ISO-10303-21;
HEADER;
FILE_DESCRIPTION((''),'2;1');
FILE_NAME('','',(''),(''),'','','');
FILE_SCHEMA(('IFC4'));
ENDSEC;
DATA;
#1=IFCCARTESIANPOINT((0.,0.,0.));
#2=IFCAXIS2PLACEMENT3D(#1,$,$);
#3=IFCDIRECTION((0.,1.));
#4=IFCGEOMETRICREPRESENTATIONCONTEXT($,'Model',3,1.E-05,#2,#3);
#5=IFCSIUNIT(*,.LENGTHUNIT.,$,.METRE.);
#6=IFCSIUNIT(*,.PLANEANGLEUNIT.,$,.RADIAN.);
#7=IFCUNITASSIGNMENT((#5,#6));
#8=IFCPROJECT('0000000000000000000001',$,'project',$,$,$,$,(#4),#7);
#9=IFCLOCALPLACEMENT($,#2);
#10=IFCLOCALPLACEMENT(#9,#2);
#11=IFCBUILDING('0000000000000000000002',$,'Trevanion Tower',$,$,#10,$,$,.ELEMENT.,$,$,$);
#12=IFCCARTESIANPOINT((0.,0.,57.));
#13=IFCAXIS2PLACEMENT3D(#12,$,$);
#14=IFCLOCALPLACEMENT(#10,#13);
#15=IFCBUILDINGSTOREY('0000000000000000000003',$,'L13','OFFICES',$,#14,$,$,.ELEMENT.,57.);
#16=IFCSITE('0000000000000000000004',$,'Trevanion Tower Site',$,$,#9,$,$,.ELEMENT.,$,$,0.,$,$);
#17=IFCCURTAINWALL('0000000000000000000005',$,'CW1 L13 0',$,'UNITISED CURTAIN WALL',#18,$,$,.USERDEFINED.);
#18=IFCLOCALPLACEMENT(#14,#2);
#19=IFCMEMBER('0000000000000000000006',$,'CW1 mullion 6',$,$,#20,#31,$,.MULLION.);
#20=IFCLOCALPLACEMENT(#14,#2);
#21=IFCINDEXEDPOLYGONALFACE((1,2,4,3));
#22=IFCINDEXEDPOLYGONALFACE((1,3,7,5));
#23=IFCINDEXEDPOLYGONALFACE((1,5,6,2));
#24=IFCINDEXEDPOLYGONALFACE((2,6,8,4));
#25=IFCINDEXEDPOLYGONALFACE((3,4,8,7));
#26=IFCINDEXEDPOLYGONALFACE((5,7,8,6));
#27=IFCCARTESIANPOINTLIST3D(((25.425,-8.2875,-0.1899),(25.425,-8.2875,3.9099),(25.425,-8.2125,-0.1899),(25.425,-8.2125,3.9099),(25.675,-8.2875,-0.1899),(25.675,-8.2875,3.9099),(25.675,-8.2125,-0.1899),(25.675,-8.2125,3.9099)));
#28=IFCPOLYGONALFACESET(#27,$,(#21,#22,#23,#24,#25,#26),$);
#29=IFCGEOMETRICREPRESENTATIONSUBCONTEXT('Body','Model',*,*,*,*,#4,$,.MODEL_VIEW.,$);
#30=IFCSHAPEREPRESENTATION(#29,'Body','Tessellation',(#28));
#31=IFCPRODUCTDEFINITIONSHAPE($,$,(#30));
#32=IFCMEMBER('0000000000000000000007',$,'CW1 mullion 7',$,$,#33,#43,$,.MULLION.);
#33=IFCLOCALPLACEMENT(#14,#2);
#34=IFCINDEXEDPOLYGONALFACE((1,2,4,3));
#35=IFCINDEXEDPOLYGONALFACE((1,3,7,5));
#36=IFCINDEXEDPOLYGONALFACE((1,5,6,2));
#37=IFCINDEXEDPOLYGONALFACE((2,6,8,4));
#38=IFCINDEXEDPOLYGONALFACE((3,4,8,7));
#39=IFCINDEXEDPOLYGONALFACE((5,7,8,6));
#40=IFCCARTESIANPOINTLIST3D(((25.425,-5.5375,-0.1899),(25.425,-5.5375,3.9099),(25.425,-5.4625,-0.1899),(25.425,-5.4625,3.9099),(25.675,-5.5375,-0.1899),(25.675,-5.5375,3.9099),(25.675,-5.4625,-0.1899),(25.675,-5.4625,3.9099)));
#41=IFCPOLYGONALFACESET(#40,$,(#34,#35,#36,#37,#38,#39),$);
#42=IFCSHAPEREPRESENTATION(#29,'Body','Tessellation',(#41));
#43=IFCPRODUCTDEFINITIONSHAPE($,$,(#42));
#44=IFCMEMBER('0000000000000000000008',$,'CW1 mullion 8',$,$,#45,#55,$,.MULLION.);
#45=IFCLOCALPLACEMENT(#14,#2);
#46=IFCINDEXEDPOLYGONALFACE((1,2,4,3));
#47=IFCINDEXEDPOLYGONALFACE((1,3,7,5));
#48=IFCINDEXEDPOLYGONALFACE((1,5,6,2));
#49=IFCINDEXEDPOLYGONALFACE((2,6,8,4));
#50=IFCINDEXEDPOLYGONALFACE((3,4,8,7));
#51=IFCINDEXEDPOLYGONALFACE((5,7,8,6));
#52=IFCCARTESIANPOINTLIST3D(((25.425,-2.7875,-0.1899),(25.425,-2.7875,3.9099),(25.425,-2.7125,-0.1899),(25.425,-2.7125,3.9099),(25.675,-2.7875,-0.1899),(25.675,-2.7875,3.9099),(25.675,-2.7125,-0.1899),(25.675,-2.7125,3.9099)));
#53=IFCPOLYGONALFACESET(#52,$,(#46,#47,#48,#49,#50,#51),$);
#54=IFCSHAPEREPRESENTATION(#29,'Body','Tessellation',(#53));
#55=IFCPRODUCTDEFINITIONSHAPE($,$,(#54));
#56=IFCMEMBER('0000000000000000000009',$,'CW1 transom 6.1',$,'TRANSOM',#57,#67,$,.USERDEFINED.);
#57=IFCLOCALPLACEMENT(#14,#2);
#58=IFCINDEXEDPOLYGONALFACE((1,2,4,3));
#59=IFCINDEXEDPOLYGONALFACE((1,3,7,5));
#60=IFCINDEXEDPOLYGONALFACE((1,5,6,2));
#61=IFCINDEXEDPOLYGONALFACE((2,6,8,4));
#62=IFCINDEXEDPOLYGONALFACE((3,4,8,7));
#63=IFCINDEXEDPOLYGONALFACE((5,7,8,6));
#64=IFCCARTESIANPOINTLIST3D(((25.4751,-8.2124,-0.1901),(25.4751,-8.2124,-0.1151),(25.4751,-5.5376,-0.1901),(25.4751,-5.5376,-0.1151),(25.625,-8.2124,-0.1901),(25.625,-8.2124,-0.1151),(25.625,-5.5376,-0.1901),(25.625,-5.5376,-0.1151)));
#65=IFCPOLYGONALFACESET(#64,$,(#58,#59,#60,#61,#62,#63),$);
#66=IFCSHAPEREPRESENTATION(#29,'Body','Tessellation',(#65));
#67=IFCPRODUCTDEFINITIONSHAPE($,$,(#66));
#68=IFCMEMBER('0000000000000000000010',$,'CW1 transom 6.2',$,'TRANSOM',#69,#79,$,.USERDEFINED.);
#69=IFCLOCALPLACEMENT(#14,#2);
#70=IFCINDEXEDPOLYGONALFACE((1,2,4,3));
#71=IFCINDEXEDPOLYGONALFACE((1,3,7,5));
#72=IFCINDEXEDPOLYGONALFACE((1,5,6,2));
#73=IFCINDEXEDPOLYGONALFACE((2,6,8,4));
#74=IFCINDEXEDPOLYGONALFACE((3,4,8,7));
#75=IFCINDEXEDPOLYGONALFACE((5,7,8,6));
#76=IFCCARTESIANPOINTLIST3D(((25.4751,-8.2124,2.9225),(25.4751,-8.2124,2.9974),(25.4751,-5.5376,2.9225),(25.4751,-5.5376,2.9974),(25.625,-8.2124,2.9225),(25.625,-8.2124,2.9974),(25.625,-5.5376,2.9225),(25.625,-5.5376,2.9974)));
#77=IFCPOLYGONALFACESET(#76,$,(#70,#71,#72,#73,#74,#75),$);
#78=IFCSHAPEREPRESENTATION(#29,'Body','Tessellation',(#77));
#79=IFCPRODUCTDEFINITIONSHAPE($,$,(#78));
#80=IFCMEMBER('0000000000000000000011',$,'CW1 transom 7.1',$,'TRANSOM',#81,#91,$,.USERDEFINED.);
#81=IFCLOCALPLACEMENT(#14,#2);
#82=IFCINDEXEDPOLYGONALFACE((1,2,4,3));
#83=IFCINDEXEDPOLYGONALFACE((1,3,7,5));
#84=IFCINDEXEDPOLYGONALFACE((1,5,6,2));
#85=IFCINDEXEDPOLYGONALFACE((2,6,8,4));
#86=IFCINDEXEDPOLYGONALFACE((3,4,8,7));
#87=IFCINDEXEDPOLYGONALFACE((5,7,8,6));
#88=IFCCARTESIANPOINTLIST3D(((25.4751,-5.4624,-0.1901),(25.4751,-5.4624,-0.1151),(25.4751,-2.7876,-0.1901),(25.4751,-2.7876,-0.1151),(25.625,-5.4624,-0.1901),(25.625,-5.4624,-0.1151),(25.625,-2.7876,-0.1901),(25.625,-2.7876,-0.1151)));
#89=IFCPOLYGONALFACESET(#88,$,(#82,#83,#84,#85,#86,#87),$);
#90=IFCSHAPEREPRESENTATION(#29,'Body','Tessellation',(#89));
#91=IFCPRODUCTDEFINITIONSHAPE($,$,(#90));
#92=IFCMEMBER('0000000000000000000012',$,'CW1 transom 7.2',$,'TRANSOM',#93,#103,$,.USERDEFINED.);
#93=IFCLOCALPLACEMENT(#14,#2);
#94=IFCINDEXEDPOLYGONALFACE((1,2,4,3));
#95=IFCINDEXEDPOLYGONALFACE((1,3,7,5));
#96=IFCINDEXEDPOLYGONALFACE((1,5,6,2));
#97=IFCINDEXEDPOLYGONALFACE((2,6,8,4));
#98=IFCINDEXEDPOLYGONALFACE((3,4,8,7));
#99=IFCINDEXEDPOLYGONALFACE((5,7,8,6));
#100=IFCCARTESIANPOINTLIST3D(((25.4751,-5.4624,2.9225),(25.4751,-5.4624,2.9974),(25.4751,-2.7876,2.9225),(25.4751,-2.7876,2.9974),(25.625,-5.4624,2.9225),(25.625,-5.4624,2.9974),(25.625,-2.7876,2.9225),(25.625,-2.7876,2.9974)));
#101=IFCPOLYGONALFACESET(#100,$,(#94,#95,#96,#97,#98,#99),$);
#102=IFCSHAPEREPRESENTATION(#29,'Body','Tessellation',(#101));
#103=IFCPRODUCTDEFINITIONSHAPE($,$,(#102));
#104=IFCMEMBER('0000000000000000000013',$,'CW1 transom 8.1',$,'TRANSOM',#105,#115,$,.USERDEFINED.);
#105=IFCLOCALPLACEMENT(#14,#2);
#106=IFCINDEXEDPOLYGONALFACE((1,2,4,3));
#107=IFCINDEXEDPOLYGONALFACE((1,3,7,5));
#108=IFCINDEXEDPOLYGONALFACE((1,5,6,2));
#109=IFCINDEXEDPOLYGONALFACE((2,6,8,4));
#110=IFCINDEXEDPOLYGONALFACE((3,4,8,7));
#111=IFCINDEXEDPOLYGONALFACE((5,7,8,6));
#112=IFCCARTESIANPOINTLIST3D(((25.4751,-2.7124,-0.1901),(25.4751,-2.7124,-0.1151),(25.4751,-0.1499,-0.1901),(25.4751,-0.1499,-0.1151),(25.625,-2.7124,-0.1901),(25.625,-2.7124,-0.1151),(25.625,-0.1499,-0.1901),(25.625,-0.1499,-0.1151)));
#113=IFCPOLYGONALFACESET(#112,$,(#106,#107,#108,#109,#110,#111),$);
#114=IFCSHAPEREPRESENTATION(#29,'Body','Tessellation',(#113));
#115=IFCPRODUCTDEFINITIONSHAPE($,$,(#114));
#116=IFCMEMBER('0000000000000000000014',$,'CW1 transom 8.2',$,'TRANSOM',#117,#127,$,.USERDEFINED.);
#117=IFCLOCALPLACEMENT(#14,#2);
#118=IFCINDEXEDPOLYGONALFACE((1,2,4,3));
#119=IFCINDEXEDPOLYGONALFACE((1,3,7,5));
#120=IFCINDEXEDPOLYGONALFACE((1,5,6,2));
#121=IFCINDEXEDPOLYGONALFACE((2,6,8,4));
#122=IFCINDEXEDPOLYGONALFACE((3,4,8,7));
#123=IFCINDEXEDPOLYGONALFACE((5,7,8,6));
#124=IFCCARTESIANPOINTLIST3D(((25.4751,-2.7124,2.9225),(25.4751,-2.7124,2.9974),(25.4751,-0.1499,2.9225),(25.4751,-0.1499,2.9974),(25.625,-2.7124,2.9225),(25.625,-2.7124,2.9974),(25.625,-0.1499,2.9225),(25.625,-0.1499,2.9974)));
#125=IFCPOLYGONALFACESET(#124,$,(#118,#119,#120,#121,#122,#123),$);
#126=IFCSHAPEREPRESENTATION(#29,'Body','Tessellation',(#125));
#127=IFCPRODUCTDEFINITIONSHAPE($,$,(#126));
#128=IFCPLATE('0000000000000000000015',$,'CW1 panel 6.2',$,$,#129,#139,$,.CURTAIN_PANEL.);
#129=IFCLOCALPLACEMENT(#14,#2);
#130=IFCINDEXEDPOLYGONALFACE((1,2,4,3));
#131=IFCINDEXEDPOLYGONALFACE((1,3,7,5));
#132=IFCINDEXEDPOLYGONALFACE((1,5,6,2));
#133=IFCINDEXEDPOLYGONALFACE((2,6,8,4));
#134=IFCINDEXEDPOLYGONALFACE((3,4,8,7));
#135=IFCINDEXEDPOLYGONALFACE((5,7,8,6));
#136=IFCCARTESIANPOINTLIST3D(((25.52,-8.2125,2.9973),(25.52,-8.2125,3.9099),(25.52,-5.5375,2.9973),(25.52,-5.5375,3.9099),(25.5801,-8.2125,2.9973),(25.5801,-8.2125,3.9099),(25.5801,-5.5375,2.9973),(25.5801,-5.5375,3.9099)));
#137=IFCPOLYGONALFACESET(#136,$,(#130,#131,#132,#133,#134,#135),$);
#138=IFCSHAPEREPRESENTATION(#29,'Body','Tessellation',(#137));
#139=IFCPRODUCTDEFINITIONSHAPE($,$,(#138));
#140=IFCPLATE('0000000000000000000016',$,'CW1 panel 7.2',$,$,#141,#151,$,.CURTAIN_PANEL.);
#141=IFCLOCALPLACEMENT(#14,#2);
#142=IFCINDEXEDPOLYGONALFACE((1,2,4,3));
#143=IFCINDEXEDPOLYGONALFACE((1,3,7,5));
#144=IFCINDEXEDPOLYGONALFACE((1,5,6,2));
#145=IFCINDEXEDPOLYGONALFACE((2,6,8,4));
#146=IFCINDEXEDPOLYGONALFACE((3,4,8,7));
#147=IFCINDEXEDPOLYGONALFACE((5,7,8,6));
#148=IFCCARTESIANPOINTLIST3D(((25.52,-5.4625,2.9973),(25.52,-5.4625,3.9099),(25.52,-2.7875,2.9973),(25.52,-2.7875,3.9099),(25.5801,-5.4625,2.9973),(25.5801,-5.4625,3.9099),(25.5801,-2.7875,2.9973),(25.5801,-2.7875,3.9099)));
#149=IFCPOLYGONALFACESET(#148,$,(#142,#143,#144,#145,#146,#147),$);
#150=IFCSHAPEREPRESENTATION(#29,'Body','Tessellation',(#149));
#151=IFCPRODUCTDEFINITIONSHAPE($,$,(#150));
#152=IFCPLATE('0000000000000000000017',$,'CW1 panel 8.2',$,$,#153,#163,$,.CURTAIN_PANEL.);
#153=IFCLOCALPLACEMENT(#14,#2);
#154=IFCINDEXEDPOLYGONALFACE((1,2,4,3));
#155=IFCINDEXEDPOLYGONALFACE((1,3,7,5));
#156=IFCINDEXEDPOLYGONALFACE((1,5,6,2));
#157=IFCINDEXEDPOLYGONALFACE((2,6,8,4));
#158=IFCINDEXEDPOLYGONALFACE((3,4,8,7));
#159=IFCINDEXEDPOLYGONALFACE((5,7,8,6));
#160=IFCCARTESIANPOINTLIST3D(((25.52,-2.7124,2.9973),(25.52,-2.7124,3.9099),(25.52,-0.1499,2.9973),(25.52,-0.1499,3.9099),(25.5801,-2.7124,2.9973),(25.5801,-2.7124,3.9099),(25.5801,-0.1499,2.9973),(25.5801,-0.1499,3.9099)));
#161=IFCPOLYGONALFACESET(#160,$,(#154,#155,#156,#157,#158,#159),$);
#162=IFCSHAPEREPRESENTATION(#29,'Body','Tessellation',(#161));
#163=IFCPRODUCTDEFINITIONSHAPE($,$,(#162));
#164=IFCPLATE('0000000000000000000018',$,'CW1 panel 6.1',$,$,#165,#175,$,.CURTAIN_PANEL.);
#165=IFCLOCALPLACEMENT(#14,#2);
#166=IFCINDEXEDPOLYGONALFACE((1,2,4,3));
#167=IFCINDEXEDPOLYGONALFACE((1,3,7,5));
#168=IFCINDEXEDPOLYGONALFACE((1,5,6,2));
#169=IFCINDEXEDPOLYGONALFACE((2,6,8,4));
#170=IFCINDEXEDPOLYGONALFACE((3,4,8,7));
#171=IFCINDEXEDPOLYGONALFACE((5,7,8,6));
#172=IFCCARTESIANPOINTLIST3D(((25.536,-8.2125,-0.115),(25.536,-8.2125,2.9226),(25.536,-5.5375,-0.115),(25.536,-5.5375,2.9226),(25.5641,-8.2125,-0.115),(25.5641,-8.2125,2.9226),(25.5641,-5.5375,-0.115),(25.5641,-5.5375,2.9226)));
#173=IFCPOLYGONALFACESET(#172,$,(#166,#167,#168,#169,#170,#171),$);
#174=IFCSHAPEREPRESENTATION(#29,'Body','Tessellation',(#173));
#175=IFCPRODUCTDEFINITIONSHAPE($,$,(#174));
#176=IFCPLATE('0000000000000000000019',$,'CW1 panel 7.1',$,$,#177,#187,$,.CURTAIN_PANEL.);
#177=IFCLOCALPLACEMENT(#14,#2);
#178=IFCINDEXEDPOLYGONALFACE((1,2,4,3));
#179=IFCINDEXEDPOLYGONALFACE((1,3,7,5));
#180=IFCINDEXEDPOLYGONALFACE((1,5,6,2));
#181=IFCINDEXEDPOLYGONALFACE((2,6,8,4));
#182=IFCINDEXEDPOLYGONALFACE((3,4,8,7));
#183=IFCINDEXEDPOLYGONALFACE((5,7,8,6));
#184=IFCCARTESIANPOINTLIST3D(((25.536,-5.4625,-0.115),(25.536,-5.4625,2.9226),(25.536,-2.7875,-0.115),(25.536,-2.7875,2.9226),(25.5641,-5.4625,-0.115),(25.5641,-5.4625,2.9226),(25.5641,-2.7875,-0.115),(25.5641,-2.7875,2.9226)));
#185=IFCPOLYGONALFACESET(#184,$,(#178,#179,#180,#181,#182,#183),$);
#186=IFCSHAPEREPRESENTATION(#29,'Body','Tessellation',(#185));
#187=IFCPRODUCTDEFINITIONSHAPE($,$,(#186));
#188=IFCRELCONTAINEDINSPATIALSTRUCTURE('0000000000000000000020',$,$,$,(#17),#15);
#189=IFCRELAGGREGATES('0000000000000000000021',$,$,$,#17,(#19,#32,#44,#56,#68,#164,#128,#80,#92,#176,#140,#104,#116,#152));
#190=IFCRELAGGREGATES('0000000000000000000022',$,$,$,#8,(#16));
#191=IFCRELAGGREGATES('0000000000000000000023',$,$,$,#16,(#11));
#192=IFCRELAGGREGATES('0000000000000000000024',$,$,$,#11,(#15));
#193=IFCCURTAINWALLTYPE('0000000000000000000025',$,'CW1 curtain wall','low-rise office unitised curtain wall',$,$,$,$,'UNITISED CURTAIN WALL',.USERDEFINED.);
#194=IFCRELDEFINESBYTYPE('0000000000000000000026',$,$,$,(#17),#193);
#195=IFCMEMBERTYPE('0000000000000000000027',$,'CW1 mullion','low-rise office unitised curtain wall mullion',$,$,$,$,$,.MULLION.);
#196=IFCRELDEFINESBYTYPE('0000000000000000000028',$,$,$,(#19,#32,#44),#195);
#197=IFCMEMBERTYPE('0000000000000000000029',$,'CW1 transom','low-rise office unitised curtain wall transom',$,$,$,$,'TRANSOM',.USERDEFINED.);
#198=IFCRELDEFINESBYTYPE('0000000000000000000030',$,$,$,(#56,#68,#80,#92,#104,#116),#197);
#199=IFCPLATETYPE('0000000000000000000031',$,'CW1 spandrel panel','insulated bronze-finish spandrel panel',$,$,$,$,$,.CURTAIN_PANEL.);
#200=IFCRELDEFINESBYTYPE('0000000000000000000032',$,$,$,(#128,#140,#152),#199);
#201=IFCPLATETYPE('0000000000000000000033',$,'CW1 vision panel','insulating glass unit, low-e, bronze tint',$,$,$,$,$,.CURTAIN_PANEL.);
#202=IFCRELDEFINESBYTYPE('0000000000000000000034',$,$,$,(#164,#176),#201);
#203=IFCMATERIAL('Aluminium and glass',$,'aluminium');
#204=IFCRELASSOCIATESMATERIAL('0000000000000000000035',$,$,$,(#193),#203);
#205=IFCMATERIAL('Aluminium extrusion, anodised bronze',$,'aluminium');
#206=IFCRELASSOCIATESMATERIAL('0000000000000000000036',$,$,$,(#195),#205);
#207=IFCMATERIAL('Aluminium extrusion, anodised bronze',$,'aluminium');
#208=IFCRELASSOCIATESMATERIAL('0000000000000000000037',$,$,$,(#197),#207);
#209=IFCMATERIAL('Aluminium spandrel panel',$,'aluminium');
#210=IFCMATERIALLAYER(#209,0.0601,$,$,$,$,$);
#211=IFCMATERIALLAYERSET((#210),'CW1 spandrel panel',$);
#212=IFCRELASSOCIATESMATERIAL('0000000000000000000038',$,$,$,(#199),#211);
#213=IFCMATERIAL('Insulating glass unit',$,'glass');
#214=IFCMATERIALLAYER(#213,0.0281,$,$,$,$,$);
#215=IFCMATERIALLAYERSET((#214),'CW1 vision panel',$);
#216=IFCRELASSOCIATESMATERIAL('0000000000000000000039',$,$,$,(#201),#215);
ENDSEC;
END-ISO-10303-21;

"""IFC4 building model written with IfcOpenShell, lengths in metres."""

from ifc_helpers import new_model, si_unit, direction, frame, origin, origin_2d, place, context, subcontext, project, spatial, rectangle, extrude, material, layer, layer_set, material_profile, profile_set, type_object, element, aggregate, save


model = new_model("IFC4")

# Units and contexts
model_context = context("Model", 3, precision=1e-05, world=origin(), true_north=direction((0.0, 1.0)))
body_context = subcontext(model_context, "Body", "Model", "MODEL_VIEW")
ifc_project = project(units=[si_unit("LENGTHUNIT", "METRE"), si_unit("PLANEANGLEUNIT", "RADIAN")], contexts=[model_context])

# Site, building, storey
site_placement = place(None, origin())
site = spatial("IfcSite", under=ifc_project, at=site_placement, Name="Trevanion Tower Site", CompositionType="ELEMENT", RefElevation=0.0)
building_placement = place(site_placement, origin())
building = spatial("IfcBuilding", under=site, at=building_placement, Name="Trevanion Tower", CompositionType="ELEMENT")
storey_placement = place(building_placement, frame((0.0, 0.0, 57.0)))
storey = spatial("IfcBuildingStorey", under=building, at=storey_placement, Name="L13", Description="OFFICES", CompositionType="ELEMENT", Elevation=57.0)

# Curtain wall, members, plates
ifc_material_1 = material(Name="Aluminium and glass", Category="aluminium")
curtain_wall_type = type_object("IfcCurtainWallType", Name="CW1 curtain wall", Description="low-rise office unitised curtain wall", ElementType="UNITISED CURTAIN WALL", PredefinedType="USERDEFINED", material=ifc_material_1)
curtain_wall_placement = place(storey_placement, origin())
curtain_wall = element("IfcCurtainWall", 1, at=curtain_wall_placement, inside=storey, type_object=curtain_wall_type, Name="CW1 L13 0", ObjectType="UNITISED CURTAIN WALL", PredefinedType="USERDEFINED")
ifc_material_2 = material(Name="Aluminium extrusion, anodised bronze", Category="aluminium")
ifc_material_profile_1 = material_profile(ifc_material_2, rectangle(XDim=0.075, YDim=0.25, at=origin_2d()), Name="CW1 mullion")
ifc_profile_set_1 = profile_set([ifc_material_profile_1], Name="Aluminium extrusion, anodised bronze")
member_type_1 = type_object("IfcMemberType", Name="CW1 mullion", Description="low-rise office unitised curtain wall mullion", PredefinedType="MULLION", material=ifc_profile_set_1)
member_1_placement = place(storey_placement, frame((25.55, -8.25, -0.1899), z_axis=(0.0, 0.0, 1.0), x_axis=(0.0, 1.0, 0.0)))
member_1 = element("IfcMember", 2, at=member_1_placement, type_object=member_type_1, Name="CW1 mullion 6", PredefinedType="MULLION", context=body_context, shape_type="SweptSolid", body=[
    extrude(rectangle(XDim=0.075, YDim=0.25, at=origin_2d()), origin(), (0.0, 0.0, 1.0), 4.0999),
])
member_2_placement = place(storey_placement, frame((25.55, -5.5, -0.1899), z_axis=(0.0, 0.0, 1.0), x_axis=(0.0, 1.0, 0.0)))
member_2 = element("IfcMember", 3, at=member_2_placement, type_object=member_type_1, Name="CW1 mullion 7", PredefinedType="MULLION", context=body_context, shape_type="SweptSolid", body=[
    extrude(rectangle(XDim=0.075, YDim=0.25, at=origin_2d()), origin(), (0.0, 0.0, 1.0), 4.0999),
])
member_3_placement = place(storey_placement, frame((25.55, -2.75, -0.1899), z_axis=(0.0, 0.0, 1.0), x_axis=(0.0, 1.0, 0.0)))
member_3 = element("IfcMember", 4, at=member_3_placement, type_object=member_type_1, Name="CW1 mullion 8", PredefinedType="MULLION", context=body_context, shape_type="SweptSolid", body=[
    extrude(rectangle(XDim=0.075, YDim=0.25, at=origin_2d()), origin(), (0.0, 0.0, 1.0), 4.0999),
])
ifc_material_3 = material(Name="Aluminium extrusion, anodised bronze", Category="aluminium")
ifc_material_profile_2 = material_profile(ifc_material_3, rectangle(XDim=0.1499, YDim=0.075, at=origin_2d()), Name="CW1 transom")
ifc_profile_set_2 = profile_set([ifc_material_profile_2], Name="Aluminium extrusion, anodised bronze")
member_type_2 = type_object("IfcMemberType", Name="CW1 transom", Description="low-rise office unitised curtain wall transom", ElementType="TRANSOM", PredefinedType="USERDEFINED", material=ifc_profile_set_2)
member_4_placement = place(storey_placement, frame((25.55, -8.2124, -0.1526), z_axis=(0.0, 1.0, 0.0), x_axis=(-1.0, 0.0, 0.0)))
member_4 = element("IfcMember", 5, at=member_4_placement, type_object=member_type_2, Name="CW1 transom 6.1", ObjectType="TRANSOM", PredefinedType="USERDEFINED", context=body_context, shape_type="SweptSolid", body=[
    extrude(rectangle(XDim=0.1499, YDim=0.075, at=origin_2d()), origin(), (0.0, 0.0, 1.0), 2.6748),
])
member_5_placement = place(storey_placement, frame((25.55, -8.2124, 2.96), z_axis=(0.0, 1.0, 0.0), x_axis=(-1.0, 0.0, 0.0)))
member_5 = element("IfcMember", 6, at=member_5_placement, type_object=member_type_2, Name="CW1 transom 6.2", ObjectType="TRANSOM", PredefinedType="USERDEFINED", context=body_context, shape_type="SweptSolid", body=[
    extrude(rectangle(XDim=0.1499, YDim=0.075, at=origin_2d()), origin(), (0.0, 0.0, 1.0), 2.6748),
])
member_6_placement = place(storey_placement, frame((25.55, -5.4624, -0.1526), z_axis=(0.0, 1.0, 0.0), x_axis=(-1.0, 0.0, 0.0)))
member_6 = element("IfcMember", 7, at=member_6_placement, type_object=member_type_2, Name="CW1 transom 7.1", ObjectType="TRANSOM", PredefinedType="USERDEFINED", context=body_context, shape_type="SweptSolid", body=[
    extrude(rectangle(XDim=0.1499, YDim=0.075, at=origin_2d()), origin(), (0.0, 0.0, 1.0), 2.6748),
])
member_7_placement = place(storey_placement, frame((25.55, -5.4624, 2.96), z_axis=(0.0, 1.0, 0.0), x_axis=(-1.0, 0.0, 0.0)))
member_7 = element("IfcMember", 8, at=member_7_placement, type_object=member_type_2, Name="CW1 transom 7.2", ObjectType="TRANSOM", PredefinedType="USERDEFINED", context=body_context, shape_type="SweptSolid", body=[
    extrude(rectangle(XDim=0.1499, YDim=0.075, at=origin_2d()), origin(), (0.0, 0.0, 1.0), 2.6748),
])
member_8_placement = place(storey_placement, frame((25.55, -2.7124, -0.1526), z_axis=(0.0, 1.0, 0.0), x_axis=(-1.0, 0.0, 0.0)))
member_8 = element("IfcMember", 9, at=member_8_placement, type_object=member_type_2, Name="CW1 transom 8.1", ObjectType="TRANSOM", PredefinedType="USERDEFINED", context=body_context, shape_type="SweptSolid", body=[
    extrude(rectangle(XDim=0.1499, YDim=0.075, at=origin_2d()), origin(), (0.0, 0.0, 1.0), 2.5625),
])
member_9_placement = place(storey_placement, frame((25.55, -2.7124, 2.96), z_axis=(0.0, 1.0, 0.0), x_axis=(-1.0, 0.0, 0.0)))
member_9 = element("IfcMember", 10, at=member_9_placement, type_object=member_type_2, Name="CW1 transom 8.2", ObjectType="TRANSOM", PredefinedType="USERDEFINED", context=body_context, shape_type="SweptSolid", body=[
    extrude(rectangle(XDim=0.1499, YDim=0.075, at=origin_2d()), origin(), (0.0, 0.0, 1.0), 2.5625),
])
ifc_material_4 = material(Name="Aluminium spandrel panel", Category="aluminium")
ifc_layer_1 = layer(ifc_material_4, 0.0601)
ifc_layer_set_1 = layer_set([ifc_layer_1], Name="CW1 spandrel panel")
plate_type_1 = type_object("IfcPlateType", Name="CW1 spandrel panel", Description="insulated bronze-finish spandrel panel", PredefinedType="CURTAIN_PANEL", material=ifc_layer_set_1)
plate_1_placement = place(storey_placement, frame((25.55, -6.875, 2.9973), z_axis=(0.0, 0.0, 1.0), x_axis=(0.0, 1.0, 0.0)))
plate_1 = element("IfcPlate", 11, at=plate_1_placement, type_object=plate_type_1, Name="CW1 panel 6.2", PredefinedType="CURTAIN_PANEL", context=body_context, shape_type="SweptSolid", body=[
    extrude(rectangle(XDim=2.675, YDim=0.0601, at=origin_2d()), origin(), (0.0, 0.0, 1.0), 0.9126),
])
plate_2_placement = place(storey_placement, frame((25.55, -4.125, 2.9973), z_axis=(0.0, 0.0, 1.0), x_axis=(0.0, 1.0, 0.0)))
plate_2 = element("IfcPlate", 12, at=plate_2_placement, type_object=plate_type_1, Name="CW1 panel 7.2", PredefinedType="CURTAIN_PANEL", context=body_context, shape_type="SweptSolid", body=[
    extrude(rectangle(XDim=2.675, YDim=0.0601, at=origin_2d()), origin(), (0.0, 0.0, 1.0), 0.9126),
])
plate_3_placement = place(storey_placement, frame((25.55, -1.4312, 2.9973), z_axis=(0.0, 0.0, 1.0), x_axis=(0.0, 1.0, 0.0)))
plate_3 = element("IfcPlate", 13, at=plate_3_placement, type_object=plate_type_1, Name="CW1 panel 8.2", PredefinedType="CURTAIN_PANEL", context=body_context, shape_type="SweptSolid", body=[
    extrude(rectangle(XDim=2.5625, YDim=0.0601, at=origin_2d()), origin(), (0.0, 0.0, 1.0), 0.9126),
])
ifc_material_5 = material(Name="Insulating glass unit", Category="glass")
ifc_layer_2 = layer(ifc_material_5, 0.0281)
ifc_layer_set_2 = layer_set([ifc_layer_2], Name="CW1 vision panel")
plate_type_2 = type_object("IfcPlateType", Name="CW1 vision panel", Description="insulating glass unit, low-e, bronze tint", PredefinedType="CURTAIN_PANEL", material=ifc_layer_set_2)
plate_4_placement = place(storey_placement, frame((25.55, -6.875, -0.115), z_axis=(0.0, 0.0, 1.0), x_axis=(0.0, 1.0, 0.0)))
plate_4 = element("IfcPlate", 14, at=plate_4_placement, type_object=plate_type_2, Name="CW1 panel 6.1", PredefinedType="CURTAIN_PANEL", context=body_context, shape_type="SweptSolid", body=[
    extrude(rectangle(XDim=2.675, YDim=0.0281, at=origin_2d()), origin(), (0.0, 0.0, 1.0), 3.0376),
])
plate_5_placement = place(storey_placement, frame((25.55, -4.125, -0.115), z_axis=(0.0, 0.0, 1.0), x_axis=(0.0, 1.0, 0.0)))
plate_5 = element("IfcPlate", 15, at=plate_5_placement, type_object=plate_type_2, Name="CW1 panel 7.1", PredefinedType="CURTAIN_PANEL", context=body_context, shape_type="SweptSolid", body=[
    extrude(rectangle(XDim=2.675, YDim=0.0281, at=origin_2d()), origin(), (0.0, 0.0, 1.0), 3.0376),
])
aggregate(curtain_wall, [member_1, member_2, member_3, member_4, member_5, plate_4, plate_1, member_6, member_7, plate_5, plate_2, member_8, member_9, plate_3])

save(model, "model.ifc")
